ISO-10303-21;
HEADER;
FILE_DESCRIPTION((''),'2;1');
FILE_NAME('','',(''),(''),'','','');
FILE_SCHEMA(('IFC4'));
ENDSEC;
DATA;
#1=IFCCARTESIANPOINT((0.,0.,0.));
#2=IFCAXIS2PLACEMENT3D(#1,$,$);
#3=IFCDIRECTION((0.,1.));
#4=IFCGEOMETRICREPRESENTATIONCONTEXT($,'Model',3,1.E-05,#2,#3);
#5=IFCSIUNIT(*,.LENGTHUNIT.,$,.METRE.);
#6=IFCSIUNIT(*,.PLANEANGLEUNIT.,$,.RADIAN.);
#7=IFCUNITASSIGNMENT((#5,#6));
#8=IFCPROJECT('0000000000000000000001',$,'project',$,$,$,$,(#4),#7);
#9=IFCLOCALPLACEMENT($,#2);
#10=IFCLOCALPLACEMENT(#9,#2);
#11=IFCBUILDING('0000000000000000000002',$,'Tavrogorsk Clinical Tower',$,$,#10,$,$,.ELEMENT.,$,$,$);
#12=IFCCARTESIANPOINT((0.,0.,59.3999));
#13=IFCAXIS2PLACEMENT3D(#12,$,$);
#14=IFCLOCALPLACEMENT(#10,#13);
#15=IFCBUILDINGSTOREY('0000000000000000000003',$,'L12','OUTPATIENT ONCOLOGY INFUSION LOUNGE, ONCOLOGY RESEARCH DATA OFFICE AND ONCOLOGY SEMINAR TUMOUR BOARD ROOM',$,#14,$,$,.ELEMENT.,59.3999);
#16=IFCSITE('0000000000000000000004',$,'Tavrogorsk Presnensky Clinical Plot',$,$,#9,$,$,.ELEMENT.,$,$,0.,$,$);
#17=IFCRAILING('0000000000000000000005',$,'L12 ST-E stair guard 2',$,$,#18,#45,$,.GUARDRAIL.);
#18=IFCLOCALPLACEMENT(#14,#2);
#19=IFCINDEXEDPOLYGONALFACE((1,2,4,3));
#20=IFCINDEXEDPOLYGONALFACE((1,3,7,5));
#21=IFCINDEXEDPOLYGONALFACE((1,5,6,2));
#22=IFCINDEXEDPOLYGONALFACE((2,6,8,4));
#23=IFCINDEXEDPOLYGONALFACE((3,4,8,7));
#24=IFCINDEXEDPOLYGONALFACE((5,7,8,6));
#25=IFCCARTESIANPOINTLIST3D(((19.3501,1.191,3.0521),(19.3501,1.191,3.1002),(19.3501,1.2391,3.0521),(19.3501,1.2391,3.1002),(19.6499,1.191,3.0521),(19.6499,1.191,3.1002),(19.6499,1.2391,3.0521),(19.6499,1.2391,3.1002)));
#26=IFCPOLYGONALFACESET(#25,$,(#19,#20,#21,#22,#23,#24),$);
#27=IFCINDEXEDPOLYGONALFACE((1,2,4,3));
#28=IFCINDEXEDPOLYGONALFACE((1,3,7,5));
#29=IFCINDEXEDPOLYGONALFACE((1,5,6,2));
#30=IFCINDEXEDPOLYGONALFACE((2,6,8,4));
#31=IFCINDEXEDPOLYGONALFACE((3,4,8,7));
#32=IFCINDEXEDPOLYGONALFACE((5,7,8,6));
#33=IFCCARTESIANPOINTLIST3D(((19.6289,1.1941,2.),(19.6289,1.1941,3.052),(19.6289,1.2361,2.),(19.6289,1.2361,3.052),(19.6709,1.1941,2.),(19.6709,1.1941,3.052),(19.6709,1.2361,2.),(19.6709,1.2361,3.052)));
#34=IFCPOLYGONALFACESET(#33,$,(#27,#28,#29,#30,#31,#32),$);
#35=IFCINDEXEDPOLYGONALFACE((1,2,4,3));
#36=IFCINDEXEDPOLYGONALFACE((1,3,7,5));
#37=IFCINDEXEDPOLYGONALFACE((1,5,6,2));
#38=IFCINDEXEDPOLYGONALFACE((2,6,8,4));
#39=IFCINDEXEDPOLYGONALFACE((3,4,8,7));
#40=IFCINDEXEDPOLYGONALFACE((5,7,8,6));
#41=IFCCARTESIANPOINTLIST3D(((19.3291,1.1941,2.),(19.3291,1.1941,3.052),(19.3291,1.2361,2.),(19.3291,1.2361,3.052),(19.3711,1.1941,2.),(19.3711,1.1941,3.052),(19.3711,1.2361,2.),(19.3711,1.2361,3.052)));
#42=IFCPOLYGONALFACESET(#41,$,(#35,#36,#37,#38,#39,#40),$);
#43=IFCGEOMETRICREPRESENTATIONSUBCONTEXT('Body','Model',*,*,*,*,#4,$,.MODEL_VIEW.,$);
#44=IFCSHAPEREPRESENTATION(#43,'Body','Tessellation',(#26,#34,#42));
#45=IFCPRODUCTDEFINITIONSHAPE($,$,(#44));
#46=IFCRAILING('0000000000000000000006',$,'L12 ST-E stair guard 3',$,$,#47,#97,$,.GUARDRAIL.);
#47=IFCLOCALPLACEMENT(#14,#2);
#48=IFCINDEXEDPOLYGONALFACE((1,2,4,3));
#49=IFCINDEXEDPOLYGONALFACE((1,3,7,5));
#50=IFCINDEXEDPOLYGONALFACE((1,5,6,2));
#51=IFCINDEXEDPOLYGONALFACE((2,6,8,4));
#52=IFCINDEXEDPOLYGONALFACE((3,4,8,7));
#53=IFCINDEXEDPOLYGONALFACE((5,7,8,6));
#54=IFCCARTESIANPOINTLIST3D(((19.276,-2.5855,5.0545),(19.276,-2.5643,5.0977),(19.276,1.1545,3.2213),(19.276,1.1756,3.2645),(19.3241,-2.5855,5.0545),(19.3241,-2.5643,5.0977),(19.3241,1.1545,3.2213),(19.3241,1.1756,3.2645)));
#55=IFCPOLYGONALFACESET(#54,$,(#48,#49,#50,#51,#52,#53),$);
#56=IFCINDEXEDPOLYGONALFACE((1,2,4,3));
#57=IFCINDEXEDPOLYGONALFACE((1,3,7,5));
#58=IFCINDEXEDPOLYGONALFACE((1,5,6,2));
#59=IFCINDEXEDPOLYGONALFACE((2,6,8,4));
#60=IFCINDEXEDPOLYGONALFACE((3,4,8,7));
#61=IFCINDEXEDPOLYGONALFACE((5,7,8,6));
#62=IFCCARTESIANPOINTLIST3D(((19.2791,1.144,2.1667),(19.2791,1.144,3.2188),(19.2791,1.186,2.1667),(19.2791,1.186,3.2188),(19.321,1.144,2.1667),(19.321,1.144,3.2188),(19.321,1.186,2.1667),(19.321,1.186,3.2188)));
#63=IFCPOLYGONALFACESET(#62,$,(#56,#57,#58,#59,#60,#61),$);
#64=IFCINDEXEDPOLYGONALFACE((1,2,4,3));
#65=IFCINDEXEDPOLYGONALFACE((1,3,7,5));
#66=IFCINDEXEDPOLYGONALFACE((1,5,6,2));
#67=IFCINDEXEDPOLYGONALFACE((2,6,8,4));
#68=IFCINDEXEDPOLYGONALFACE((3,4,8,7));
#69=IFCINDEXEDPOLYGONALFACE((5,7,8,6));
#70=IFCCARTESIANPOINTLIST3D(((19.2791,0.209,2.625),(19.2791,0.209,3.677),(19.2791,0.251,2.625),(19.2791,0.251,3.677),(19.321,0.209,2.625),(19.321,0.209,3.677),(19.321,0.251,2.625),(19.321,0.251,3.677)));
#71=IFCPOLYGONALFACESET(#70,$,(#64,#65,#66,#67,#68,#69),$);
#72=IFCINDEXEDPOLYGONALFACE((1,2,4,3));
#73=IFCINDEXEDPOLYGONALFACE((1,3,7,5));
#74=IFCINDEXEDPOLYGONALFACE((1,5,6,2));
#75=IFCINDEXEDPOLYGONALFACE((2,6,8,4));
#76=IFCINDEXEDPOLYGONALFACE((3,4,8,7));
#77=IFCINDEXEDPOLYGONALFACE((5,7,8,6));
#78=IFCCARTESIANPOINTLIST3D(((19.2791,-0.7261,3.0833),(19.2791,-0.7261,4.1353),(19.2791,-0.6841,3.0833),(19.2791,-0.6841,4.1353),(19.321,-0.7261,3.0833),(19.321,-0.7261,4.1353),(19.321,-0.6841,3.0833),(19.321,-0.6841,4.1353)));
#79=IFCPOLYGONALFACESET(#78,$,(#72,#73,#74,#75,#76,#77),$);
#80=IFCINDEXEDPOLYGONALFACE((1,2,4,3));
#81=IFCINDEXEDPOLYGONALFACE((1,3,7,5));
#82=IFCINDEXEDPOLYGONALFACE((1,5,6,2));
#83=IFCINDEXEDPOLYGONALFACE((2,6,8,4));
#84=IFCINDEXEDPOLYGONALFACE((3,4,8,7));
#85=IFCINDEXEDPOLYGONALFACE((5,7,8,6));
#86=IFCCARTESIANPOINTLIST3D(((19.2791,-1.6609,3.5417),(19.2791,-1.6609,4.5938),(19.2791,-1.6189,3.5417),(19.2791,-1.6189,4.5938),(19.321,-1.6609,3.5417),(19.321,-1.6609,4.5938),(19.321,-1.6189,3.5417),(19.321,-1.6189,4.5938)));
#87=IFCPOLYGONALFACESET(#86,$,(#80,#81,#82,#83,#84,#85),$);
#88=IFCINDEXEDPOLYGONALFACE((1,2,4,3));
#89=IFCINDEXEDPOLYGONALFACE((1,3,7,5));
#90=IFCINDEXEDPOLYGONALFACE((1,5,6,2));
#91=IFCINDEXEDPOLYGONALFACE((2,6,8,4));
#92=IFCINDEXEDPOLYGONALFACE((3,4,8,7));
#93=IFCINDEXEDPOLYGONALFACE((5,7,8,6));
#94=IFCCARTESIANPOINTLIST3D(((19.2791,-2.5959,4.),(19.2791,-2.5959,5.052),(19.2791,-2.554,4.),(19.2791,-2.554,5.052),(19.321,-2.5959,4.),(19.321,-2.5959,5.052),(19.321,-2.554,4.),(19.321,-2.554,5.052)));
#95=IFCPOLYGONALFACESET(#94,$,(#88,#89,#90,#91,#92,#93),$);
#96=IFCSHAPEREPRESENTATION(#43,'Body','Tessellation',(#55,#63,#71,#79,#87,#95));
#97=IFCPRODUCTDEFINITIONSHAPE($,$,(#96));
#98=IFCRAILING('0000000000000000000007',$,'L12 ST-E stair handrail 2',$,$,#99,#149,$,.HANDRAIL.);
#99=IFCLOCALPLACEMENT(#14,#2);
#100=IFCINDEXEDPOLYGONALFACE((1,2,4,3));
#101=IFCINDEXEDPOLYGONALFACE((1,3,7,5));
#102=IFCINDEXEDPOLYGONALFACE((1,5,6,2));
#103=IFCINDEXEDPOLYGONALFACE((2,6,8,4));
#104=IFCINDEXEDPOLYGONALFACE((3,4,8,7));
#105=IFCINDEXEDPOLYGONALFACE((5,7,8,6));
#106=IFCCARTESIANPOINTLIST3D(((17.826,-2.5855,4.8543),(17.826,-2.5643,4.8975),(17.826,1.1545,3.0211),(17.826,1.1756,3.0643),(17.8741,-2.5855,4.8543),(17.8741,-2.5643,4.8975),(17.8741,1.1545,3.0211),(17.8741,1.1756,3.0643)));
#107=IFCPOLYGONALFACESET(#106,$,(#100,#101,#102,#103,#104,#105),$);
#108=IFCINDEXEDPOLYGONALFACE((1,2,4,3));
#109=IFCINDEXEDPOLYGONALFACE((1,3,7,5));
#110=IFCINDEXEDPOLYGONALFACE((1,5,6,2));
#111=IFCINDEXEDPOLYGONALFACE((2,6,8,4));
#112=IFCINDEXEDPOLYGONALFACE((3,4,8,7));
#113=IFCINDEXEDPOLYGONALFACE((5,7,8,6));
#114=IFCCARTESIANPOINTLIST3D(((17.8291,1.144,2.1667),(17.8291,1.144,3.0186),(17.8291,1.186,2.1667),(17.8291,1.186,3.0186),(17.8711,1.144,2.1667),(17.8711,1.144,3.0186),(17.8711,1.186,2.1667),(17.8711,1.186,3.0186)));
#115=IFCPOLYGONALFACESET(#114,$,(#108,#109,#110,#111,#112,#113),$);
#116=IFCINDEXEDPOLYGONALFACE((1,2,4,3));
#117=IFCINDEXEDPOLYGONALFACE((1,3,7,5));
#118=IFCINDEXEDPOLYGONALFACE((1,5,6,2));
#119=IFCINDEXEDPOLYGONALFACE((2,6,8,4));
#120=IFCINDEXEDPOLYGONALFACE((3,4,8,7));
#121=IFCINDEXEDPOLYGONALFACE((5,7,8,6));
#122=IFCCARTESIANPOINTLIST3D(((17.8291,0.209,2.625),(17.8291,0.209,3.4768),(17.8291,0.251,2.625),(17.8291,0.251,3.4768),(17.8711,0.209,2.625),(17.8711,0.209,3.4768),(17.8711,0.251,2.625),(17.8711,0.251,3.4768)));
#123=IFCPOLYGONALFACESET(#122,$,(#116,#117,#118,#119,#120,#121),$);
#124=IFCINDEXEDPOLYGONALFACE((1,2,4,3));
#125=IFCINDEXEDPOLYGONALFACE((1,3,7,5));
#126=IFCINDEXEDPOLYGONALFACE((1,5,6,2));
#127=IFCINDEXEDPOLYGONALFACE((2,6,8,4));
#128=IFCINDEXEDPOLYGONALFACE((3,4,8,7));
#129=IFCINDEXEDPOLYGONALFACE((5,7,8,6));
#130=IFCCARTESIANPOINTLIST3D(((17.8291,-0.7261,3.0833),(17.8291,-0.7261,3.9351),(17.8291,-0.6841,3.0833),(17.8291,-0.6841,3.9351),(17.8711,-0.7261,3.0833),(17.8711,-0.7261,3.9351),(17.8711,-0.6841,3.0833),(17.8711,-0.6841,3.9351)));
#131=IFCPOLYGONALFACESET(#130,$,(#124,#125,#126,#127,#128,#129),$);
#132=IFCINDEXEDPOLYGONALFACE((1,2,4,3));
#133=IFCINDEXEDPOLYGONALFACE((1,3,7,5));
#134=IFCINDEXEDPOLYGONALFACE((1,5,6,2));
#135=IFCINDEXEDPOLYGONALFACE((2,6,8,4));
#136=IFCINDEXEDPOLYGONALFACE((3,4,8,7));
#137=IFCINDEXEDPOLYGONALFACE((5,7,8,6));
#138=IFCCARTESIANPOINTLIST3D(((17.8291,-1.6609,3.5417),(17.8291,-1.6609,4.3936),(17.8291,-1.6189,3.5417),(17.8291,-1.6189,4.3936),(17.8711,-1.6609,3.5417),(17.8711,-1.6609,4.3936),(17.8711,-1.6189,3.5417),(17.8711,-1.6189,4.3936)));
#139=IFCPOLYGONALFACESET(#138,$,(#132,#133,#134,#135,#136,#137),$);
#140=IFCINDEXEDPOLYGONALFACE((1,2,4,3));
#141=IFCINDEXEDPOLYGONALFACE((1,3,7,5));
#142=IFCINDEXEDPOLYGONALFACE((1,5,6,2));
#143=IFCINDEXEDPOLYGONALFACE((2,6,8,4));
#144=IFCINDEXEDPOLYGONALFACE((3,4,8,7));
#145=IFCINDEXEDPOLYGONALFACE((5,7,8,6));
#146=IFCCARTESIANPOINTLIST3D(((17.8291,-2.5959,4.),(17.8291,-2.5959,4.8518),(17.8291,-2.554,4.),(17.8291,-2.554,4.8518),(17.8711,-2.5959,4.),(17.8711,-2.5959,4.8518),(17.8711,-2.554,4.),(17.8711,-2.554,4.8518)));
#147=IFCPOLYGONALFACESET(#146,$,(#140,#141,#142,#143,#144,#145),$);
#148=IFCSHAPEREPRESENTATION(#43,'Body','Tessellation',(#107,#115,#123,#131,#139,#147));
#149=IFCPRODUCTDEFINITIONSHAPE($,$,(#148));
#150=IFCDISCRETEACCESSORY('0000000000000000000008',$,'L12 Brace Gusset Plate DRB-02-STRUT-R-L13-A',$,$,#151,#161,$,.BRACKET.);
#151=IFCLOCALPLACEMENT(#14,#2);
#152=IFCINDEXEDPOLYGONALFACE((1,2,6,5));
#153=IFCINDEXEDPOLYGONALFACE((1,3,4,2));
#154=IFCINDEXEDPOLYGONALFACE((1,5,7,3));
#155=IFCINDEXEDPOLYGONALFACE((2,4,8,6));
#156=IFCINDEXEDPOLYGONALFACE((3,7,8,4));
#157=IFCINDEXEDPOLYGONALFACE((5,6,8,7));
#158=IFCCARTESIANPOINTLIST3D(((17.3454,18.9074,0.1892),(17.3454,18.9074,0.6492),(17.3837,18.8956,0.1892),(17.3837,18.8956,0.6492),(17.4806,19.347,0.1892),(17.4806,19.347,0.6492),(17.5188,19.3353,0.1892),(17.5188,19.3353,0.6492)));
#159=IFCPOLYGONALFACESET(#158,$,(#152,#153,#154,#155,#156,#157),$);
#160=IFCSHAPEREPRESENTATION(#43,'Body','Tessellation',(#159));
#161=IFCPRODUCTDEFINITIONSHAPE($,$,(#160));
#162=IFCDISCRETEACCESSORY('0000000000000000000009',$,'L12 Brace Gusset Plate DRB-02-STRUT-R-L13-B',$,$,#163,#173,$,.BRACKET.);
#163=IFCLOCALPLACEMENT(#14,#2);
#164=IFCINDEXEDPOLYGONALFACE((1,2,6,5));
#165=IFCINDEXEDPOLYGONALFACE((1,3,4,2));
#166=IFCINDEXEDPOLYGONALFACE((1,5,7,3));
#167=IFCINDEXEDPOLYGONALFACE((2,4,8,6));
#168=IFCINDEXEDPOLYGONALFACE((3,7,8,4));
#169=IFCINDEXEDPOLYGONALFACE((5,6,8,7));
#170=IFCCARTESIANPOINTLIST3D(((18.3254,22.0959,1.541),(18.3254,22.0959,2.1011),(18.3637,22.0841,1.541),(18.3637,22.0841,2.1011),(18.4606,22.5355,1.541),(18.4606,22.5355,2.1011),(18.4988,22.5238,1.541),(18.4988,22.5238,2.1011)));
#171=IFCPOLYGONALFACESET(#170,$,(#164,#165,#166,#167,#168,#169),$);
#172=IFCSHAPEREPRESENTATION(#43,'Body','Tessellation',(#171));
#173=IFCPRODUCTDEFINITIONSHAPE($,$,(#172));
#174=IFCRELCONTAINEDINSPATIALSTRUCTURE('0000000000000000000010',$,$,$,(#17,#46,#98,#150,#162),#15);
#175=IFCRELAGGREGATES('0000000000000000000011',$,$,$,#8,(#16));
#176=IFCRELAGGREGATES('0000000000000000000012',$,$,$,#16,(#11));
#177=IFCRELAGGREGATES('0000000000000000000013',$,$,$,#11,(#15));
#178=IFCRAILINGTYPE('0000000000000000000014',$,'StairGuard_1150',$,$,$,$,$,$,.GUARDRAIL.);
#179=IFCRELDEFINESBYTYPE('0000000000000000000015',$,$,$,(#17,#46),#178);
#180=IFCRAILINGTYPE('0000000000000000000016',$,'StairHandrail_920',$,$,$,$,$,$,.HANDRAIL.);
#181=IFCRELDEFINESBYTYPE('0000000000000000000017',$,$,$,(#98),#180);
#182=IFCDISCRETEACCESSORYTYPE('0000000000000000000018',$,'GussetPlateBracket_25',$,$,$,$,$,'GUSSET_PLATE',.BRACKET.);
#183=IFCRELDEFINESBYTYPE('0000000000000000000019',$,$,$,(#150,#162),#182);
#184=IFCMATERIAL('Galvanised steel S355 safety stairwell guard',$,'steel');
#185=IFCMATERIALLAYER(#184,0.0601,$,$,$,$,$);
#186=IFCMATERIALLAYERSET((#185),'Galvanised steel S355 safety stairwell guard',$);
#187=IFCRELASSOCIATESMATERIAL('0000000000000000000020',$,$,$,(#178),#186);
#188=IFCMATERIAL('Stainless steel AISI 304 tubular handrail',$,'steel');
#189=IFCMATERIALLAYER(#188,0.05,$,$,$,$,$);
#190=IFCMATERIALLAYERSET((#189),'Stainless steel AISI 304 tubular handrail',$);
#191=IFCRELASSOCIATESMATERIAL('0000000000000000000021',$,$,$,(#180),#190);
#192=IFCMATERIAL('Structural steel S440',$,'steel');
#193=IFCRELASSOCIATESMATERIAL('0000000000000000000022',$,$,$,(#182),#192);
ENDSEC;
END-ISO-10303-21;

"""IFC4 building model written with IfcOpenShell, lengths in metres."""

from ifc_helpers import new_model, si_unit, direction, frame, origin, origin_2d, place, context, subcontext, project, spatial, rectangle, extrude, material, layer, layer_set, type_object, element, save


model = new_model("IFC4")

# Units and contexts
model_context = context("Model", 3, precision=1e-05, world=origin(), true_north=direction((0.0, 1.0)))
body_context = subcontext(model_context, "Body", "Model", "MODEL_VIEW")
ifc_project = project(units=[si_unit("LENGTHUNIT", "METRE"), si_unit("PLANEANGLEUNIT", "RADIAN")], contexts=[model_context])

# Site, building, storey
site_placement = place(None, origin())
site = spatial("IfcSite", under=ifc_project, at=site_placement, Name="Tavrogorsk Presnensky Clinical Plot", CompositionType="ELEMENT", RefElevation=0.0)
building_placement = place(site_placement, origin())
building = spatial("IfcBuilding", under=site, at=building_placement, Name="Tavrogorsk Clinical Tower", CompositionType="ELEMENT")
storey_placement = place(building_placement, frame((0.0, 0.0, 59.3999)))
storey = spatial("IfcBuildingStorey", under=building, at=storey_placement, Name="L12", Description="OUTPATIENT ONCOLOGY INFUSION LOUNGE, ONCOLOGY RESEARCH DATA OFFICE AND ONCOLOGY SEMINAR TUMOUR BOARD ROOM", CompositionType="ELEMENT", Elevation=59.3999)

# Railings
ifc_material_1 = material(Name="Galvanised steel S355 safety stairwell guard", Category="steel")
ifc_layer_1 = layer(ifc_material_1, 0.0601)
ifc_layer_set_1 = layer_set([ifc_layer_1], Name="Galvanised steel S355 safety stairwell guard")
railing_type_1 = type_object("IfcRailingType", Name="StairGuard_1150", PredefinedType="GUARDRAIL", material=ifc_layer_set_1)
railing_1_placement = place(storey_placement, frame((19.6499, 1.2151, 2.0)))
element("IfcRailing", 1, at=railing_1_placement, inside=storey, type_object=railing_type_1, Name="L12 ST-E stair guard 2", PredefinedType="GUARDRAIL", context=body_context, shape_type="SweptSolid", body=[
    extrude(rectangle(XDim=0.0481, YDim=0.0481, at=origin_2d()), frame((0.0, 0.0, 1.0762), z_axis=(-1.0, 0.0, 0.0), x_axis=(0.0, -1.0, 0.0)), (0.0, 0.0, 1.0), 0.2998),
    extrude(rectangle(XDim=0.042, YDim=0.042, at=origin_2d()), origin(), (0.0, 0.0, 1.0), 1.052),
    extrude(rectangle(XDim=0.042, YDim=0.042, at=origin_2d()), frame((-0.2998, 0.0, 0.0)), (0.0, 0.0, 1.0), 1.052),
])
railing_2_placement = place(storey_placement, frame((19.3, 1.165, 2.1667)))
element("IfcRailing", 2, at=railing_2_placement, inside=storey, type_object=railing_type_1, Name="L12 ST-E stair guard 3", PredefinedType="GUARDRAIL", context=body_context, shape_type="SweptSolid", body=[
    extrude(rectangle(XDim=0.0481, YDim=0.0481, at=origin_2d()), frame((0.0, 0.0, 1.0762), z_axis=(0.0, -0.897928, 0.440142), x_axis=(1.0, 0.0, 0.0)), (0.0, 0.0, 1.0), 4.165),
    extrude(rectangle(XDim=0.042, YDim=0.042, at=origin_2d()), origin(), (0.0, 0.0, 1.0), 1.052),
    extrude(rectangle(XDim=0.042, YDim=0.042, at=origin_2d()), frame((0.0, -0.9351, 0.4583)), (0.0, 0.0, 1.0), 1.052),
    extrude(rectangle(XDim=0.042, YDim=0.042, at=origin_2d()), frame((0.0, -1.8701, 0.9165)), (0.0, 0.0, 1.0), 1.052),
    extrude(rectangle(XDim=0.042, YDim=0.042, at=origin_2d()), frame((0.0, -2.8049, 1.375)), (0.0, 0.0, 1.0), 1.052),
    extrude(rectangle(XDim=0.042, YDim=0.042, at=origin_2d()), frame((0.0, -3.74, 1.8333)), (0.0, 0.0, 1.0), 1.052),
])
ifc_material_2 = material(Name="Stainless steel AISI 304 tubular handrail", Category="steel")
ifc_layer_2 = layer(ifc_material_2, 0.05)
ifc_layer_set_2 = layer_set([ifc_layer_2], Name="Stainless steel AISI 304 tubular handrail")
railing_type_2 = type_object("IfcRailingType", Name="StairHandrail_920", PredefinedType="HANDRAIL", material=ifc_layer_set_2)
railing_3_placement = place(storey_placement, frame((17.8501, 1.165, 2.1667)))
element("IfcRailing", 3, at=railing_3_placement, inside=storey, type_object=railing_type_2, Name="L12 ST-E stair handrail 2", PredefinedType="HANDRAIL", context=body_context, shape_type="SweptSolid", body=[
    extrude(rectangle(XDim=0.0481, YDim=0.0481, at=origin_2d()), frame((0.0, 0.0, 0.876), z_axis=(0.0, -0.897928, 0.440142), x_axis=(1.0, 0.0, 0.0)), (0.0, 0.0, 1.0), 4.165),
    extrude(rectangle(XDim=0.042, YDim=0.042, at=origin_2d()), origin(), (0.0, 0.0, 1.0), 0.8518),
    extrude(rectangle(XDim=0.042, YDim=0.042, at=origin_2d()), frame((0.0, -0.9351, 0.4583)), (0.0, 0.0, 1.0), 0.8518),
    extrude(rectangle(XDim=0.042, YDim=0.042, at=origin_2d()), frame((0.0, -1.8701, 0.9165)), (0.0, 0.0, 1.0), 0.8518),
    extrude(rectangle(XDim=0.042, YDim=0.042, at=origin_2d()), frame((0.0, -2.8049, 1.375)), (0.0, 0.0, 1.0), 0.8518),
    extrude(rectangle(XDim=0.042, YDim=0.042, at=origin_2d()), frame((0.0, -3.74, 1.8333)), (0.0, 0.0, 1.0), 0.8518),
])

# Discrete accessories
ifc_material_3 = material(Name="Structural steel S440", Category="steel")
discrete_accessory_type = type_object("IfcDiscreteAccessoryType", Name="GussetPlateBracket_25", ElementType="GUSSET_PLATE", PredefinedType="BRACKET", material=ifc_material_3)
discrete_accessory_1_placement = place(storey_placement, frame((17.4321, 19.1213, 0.1892), z_axis=(0.0, 0.0, 1.0), x_axis=(0.293874, 0.955844, 0.0)))
element("IfcDiscreteAccessory", 4, at=discrete_accessory_1_placement, inside=storey, type_object=discrete_accessory_type, Name="L12 Brace Gusset Plate DRB-02-STRUT-R-L13-A", PredefinedType="BRACKET", context=body_context, shape_type="SweptSolid", body=[
    extrude(rectangle(XDim=0.46, YDim=0.04, at=origin_2d()), origin(), (0.0, 0.0, 1.0), 0.46),
])
discrete_accessory_2_placement = place(storey_placement, frame((18.4121, 22.3098, 1.541), z_axis=(0.0, 0.0, 1.0), x_axis=(0.293874, 0.955844, 0.0)))
element("IfcDiscreteAccessory", 5, at=discrete_accessory_2_placement, inside=storey, type_object=discrete_accessory_type, Name="L12 Brace Gusset Plate DRB-02-STRUT-R-L13-B", PredefinedType="BRACKET", context=body_context, shape_type="SweptSolid", body=[
    extrude(rectangle(XDim=0.46, YDim=0.04, at=origin_2d()), origin(), (0.0, 0.0, 1.0), 0.5601),
])

save(model, "model.ifc")
